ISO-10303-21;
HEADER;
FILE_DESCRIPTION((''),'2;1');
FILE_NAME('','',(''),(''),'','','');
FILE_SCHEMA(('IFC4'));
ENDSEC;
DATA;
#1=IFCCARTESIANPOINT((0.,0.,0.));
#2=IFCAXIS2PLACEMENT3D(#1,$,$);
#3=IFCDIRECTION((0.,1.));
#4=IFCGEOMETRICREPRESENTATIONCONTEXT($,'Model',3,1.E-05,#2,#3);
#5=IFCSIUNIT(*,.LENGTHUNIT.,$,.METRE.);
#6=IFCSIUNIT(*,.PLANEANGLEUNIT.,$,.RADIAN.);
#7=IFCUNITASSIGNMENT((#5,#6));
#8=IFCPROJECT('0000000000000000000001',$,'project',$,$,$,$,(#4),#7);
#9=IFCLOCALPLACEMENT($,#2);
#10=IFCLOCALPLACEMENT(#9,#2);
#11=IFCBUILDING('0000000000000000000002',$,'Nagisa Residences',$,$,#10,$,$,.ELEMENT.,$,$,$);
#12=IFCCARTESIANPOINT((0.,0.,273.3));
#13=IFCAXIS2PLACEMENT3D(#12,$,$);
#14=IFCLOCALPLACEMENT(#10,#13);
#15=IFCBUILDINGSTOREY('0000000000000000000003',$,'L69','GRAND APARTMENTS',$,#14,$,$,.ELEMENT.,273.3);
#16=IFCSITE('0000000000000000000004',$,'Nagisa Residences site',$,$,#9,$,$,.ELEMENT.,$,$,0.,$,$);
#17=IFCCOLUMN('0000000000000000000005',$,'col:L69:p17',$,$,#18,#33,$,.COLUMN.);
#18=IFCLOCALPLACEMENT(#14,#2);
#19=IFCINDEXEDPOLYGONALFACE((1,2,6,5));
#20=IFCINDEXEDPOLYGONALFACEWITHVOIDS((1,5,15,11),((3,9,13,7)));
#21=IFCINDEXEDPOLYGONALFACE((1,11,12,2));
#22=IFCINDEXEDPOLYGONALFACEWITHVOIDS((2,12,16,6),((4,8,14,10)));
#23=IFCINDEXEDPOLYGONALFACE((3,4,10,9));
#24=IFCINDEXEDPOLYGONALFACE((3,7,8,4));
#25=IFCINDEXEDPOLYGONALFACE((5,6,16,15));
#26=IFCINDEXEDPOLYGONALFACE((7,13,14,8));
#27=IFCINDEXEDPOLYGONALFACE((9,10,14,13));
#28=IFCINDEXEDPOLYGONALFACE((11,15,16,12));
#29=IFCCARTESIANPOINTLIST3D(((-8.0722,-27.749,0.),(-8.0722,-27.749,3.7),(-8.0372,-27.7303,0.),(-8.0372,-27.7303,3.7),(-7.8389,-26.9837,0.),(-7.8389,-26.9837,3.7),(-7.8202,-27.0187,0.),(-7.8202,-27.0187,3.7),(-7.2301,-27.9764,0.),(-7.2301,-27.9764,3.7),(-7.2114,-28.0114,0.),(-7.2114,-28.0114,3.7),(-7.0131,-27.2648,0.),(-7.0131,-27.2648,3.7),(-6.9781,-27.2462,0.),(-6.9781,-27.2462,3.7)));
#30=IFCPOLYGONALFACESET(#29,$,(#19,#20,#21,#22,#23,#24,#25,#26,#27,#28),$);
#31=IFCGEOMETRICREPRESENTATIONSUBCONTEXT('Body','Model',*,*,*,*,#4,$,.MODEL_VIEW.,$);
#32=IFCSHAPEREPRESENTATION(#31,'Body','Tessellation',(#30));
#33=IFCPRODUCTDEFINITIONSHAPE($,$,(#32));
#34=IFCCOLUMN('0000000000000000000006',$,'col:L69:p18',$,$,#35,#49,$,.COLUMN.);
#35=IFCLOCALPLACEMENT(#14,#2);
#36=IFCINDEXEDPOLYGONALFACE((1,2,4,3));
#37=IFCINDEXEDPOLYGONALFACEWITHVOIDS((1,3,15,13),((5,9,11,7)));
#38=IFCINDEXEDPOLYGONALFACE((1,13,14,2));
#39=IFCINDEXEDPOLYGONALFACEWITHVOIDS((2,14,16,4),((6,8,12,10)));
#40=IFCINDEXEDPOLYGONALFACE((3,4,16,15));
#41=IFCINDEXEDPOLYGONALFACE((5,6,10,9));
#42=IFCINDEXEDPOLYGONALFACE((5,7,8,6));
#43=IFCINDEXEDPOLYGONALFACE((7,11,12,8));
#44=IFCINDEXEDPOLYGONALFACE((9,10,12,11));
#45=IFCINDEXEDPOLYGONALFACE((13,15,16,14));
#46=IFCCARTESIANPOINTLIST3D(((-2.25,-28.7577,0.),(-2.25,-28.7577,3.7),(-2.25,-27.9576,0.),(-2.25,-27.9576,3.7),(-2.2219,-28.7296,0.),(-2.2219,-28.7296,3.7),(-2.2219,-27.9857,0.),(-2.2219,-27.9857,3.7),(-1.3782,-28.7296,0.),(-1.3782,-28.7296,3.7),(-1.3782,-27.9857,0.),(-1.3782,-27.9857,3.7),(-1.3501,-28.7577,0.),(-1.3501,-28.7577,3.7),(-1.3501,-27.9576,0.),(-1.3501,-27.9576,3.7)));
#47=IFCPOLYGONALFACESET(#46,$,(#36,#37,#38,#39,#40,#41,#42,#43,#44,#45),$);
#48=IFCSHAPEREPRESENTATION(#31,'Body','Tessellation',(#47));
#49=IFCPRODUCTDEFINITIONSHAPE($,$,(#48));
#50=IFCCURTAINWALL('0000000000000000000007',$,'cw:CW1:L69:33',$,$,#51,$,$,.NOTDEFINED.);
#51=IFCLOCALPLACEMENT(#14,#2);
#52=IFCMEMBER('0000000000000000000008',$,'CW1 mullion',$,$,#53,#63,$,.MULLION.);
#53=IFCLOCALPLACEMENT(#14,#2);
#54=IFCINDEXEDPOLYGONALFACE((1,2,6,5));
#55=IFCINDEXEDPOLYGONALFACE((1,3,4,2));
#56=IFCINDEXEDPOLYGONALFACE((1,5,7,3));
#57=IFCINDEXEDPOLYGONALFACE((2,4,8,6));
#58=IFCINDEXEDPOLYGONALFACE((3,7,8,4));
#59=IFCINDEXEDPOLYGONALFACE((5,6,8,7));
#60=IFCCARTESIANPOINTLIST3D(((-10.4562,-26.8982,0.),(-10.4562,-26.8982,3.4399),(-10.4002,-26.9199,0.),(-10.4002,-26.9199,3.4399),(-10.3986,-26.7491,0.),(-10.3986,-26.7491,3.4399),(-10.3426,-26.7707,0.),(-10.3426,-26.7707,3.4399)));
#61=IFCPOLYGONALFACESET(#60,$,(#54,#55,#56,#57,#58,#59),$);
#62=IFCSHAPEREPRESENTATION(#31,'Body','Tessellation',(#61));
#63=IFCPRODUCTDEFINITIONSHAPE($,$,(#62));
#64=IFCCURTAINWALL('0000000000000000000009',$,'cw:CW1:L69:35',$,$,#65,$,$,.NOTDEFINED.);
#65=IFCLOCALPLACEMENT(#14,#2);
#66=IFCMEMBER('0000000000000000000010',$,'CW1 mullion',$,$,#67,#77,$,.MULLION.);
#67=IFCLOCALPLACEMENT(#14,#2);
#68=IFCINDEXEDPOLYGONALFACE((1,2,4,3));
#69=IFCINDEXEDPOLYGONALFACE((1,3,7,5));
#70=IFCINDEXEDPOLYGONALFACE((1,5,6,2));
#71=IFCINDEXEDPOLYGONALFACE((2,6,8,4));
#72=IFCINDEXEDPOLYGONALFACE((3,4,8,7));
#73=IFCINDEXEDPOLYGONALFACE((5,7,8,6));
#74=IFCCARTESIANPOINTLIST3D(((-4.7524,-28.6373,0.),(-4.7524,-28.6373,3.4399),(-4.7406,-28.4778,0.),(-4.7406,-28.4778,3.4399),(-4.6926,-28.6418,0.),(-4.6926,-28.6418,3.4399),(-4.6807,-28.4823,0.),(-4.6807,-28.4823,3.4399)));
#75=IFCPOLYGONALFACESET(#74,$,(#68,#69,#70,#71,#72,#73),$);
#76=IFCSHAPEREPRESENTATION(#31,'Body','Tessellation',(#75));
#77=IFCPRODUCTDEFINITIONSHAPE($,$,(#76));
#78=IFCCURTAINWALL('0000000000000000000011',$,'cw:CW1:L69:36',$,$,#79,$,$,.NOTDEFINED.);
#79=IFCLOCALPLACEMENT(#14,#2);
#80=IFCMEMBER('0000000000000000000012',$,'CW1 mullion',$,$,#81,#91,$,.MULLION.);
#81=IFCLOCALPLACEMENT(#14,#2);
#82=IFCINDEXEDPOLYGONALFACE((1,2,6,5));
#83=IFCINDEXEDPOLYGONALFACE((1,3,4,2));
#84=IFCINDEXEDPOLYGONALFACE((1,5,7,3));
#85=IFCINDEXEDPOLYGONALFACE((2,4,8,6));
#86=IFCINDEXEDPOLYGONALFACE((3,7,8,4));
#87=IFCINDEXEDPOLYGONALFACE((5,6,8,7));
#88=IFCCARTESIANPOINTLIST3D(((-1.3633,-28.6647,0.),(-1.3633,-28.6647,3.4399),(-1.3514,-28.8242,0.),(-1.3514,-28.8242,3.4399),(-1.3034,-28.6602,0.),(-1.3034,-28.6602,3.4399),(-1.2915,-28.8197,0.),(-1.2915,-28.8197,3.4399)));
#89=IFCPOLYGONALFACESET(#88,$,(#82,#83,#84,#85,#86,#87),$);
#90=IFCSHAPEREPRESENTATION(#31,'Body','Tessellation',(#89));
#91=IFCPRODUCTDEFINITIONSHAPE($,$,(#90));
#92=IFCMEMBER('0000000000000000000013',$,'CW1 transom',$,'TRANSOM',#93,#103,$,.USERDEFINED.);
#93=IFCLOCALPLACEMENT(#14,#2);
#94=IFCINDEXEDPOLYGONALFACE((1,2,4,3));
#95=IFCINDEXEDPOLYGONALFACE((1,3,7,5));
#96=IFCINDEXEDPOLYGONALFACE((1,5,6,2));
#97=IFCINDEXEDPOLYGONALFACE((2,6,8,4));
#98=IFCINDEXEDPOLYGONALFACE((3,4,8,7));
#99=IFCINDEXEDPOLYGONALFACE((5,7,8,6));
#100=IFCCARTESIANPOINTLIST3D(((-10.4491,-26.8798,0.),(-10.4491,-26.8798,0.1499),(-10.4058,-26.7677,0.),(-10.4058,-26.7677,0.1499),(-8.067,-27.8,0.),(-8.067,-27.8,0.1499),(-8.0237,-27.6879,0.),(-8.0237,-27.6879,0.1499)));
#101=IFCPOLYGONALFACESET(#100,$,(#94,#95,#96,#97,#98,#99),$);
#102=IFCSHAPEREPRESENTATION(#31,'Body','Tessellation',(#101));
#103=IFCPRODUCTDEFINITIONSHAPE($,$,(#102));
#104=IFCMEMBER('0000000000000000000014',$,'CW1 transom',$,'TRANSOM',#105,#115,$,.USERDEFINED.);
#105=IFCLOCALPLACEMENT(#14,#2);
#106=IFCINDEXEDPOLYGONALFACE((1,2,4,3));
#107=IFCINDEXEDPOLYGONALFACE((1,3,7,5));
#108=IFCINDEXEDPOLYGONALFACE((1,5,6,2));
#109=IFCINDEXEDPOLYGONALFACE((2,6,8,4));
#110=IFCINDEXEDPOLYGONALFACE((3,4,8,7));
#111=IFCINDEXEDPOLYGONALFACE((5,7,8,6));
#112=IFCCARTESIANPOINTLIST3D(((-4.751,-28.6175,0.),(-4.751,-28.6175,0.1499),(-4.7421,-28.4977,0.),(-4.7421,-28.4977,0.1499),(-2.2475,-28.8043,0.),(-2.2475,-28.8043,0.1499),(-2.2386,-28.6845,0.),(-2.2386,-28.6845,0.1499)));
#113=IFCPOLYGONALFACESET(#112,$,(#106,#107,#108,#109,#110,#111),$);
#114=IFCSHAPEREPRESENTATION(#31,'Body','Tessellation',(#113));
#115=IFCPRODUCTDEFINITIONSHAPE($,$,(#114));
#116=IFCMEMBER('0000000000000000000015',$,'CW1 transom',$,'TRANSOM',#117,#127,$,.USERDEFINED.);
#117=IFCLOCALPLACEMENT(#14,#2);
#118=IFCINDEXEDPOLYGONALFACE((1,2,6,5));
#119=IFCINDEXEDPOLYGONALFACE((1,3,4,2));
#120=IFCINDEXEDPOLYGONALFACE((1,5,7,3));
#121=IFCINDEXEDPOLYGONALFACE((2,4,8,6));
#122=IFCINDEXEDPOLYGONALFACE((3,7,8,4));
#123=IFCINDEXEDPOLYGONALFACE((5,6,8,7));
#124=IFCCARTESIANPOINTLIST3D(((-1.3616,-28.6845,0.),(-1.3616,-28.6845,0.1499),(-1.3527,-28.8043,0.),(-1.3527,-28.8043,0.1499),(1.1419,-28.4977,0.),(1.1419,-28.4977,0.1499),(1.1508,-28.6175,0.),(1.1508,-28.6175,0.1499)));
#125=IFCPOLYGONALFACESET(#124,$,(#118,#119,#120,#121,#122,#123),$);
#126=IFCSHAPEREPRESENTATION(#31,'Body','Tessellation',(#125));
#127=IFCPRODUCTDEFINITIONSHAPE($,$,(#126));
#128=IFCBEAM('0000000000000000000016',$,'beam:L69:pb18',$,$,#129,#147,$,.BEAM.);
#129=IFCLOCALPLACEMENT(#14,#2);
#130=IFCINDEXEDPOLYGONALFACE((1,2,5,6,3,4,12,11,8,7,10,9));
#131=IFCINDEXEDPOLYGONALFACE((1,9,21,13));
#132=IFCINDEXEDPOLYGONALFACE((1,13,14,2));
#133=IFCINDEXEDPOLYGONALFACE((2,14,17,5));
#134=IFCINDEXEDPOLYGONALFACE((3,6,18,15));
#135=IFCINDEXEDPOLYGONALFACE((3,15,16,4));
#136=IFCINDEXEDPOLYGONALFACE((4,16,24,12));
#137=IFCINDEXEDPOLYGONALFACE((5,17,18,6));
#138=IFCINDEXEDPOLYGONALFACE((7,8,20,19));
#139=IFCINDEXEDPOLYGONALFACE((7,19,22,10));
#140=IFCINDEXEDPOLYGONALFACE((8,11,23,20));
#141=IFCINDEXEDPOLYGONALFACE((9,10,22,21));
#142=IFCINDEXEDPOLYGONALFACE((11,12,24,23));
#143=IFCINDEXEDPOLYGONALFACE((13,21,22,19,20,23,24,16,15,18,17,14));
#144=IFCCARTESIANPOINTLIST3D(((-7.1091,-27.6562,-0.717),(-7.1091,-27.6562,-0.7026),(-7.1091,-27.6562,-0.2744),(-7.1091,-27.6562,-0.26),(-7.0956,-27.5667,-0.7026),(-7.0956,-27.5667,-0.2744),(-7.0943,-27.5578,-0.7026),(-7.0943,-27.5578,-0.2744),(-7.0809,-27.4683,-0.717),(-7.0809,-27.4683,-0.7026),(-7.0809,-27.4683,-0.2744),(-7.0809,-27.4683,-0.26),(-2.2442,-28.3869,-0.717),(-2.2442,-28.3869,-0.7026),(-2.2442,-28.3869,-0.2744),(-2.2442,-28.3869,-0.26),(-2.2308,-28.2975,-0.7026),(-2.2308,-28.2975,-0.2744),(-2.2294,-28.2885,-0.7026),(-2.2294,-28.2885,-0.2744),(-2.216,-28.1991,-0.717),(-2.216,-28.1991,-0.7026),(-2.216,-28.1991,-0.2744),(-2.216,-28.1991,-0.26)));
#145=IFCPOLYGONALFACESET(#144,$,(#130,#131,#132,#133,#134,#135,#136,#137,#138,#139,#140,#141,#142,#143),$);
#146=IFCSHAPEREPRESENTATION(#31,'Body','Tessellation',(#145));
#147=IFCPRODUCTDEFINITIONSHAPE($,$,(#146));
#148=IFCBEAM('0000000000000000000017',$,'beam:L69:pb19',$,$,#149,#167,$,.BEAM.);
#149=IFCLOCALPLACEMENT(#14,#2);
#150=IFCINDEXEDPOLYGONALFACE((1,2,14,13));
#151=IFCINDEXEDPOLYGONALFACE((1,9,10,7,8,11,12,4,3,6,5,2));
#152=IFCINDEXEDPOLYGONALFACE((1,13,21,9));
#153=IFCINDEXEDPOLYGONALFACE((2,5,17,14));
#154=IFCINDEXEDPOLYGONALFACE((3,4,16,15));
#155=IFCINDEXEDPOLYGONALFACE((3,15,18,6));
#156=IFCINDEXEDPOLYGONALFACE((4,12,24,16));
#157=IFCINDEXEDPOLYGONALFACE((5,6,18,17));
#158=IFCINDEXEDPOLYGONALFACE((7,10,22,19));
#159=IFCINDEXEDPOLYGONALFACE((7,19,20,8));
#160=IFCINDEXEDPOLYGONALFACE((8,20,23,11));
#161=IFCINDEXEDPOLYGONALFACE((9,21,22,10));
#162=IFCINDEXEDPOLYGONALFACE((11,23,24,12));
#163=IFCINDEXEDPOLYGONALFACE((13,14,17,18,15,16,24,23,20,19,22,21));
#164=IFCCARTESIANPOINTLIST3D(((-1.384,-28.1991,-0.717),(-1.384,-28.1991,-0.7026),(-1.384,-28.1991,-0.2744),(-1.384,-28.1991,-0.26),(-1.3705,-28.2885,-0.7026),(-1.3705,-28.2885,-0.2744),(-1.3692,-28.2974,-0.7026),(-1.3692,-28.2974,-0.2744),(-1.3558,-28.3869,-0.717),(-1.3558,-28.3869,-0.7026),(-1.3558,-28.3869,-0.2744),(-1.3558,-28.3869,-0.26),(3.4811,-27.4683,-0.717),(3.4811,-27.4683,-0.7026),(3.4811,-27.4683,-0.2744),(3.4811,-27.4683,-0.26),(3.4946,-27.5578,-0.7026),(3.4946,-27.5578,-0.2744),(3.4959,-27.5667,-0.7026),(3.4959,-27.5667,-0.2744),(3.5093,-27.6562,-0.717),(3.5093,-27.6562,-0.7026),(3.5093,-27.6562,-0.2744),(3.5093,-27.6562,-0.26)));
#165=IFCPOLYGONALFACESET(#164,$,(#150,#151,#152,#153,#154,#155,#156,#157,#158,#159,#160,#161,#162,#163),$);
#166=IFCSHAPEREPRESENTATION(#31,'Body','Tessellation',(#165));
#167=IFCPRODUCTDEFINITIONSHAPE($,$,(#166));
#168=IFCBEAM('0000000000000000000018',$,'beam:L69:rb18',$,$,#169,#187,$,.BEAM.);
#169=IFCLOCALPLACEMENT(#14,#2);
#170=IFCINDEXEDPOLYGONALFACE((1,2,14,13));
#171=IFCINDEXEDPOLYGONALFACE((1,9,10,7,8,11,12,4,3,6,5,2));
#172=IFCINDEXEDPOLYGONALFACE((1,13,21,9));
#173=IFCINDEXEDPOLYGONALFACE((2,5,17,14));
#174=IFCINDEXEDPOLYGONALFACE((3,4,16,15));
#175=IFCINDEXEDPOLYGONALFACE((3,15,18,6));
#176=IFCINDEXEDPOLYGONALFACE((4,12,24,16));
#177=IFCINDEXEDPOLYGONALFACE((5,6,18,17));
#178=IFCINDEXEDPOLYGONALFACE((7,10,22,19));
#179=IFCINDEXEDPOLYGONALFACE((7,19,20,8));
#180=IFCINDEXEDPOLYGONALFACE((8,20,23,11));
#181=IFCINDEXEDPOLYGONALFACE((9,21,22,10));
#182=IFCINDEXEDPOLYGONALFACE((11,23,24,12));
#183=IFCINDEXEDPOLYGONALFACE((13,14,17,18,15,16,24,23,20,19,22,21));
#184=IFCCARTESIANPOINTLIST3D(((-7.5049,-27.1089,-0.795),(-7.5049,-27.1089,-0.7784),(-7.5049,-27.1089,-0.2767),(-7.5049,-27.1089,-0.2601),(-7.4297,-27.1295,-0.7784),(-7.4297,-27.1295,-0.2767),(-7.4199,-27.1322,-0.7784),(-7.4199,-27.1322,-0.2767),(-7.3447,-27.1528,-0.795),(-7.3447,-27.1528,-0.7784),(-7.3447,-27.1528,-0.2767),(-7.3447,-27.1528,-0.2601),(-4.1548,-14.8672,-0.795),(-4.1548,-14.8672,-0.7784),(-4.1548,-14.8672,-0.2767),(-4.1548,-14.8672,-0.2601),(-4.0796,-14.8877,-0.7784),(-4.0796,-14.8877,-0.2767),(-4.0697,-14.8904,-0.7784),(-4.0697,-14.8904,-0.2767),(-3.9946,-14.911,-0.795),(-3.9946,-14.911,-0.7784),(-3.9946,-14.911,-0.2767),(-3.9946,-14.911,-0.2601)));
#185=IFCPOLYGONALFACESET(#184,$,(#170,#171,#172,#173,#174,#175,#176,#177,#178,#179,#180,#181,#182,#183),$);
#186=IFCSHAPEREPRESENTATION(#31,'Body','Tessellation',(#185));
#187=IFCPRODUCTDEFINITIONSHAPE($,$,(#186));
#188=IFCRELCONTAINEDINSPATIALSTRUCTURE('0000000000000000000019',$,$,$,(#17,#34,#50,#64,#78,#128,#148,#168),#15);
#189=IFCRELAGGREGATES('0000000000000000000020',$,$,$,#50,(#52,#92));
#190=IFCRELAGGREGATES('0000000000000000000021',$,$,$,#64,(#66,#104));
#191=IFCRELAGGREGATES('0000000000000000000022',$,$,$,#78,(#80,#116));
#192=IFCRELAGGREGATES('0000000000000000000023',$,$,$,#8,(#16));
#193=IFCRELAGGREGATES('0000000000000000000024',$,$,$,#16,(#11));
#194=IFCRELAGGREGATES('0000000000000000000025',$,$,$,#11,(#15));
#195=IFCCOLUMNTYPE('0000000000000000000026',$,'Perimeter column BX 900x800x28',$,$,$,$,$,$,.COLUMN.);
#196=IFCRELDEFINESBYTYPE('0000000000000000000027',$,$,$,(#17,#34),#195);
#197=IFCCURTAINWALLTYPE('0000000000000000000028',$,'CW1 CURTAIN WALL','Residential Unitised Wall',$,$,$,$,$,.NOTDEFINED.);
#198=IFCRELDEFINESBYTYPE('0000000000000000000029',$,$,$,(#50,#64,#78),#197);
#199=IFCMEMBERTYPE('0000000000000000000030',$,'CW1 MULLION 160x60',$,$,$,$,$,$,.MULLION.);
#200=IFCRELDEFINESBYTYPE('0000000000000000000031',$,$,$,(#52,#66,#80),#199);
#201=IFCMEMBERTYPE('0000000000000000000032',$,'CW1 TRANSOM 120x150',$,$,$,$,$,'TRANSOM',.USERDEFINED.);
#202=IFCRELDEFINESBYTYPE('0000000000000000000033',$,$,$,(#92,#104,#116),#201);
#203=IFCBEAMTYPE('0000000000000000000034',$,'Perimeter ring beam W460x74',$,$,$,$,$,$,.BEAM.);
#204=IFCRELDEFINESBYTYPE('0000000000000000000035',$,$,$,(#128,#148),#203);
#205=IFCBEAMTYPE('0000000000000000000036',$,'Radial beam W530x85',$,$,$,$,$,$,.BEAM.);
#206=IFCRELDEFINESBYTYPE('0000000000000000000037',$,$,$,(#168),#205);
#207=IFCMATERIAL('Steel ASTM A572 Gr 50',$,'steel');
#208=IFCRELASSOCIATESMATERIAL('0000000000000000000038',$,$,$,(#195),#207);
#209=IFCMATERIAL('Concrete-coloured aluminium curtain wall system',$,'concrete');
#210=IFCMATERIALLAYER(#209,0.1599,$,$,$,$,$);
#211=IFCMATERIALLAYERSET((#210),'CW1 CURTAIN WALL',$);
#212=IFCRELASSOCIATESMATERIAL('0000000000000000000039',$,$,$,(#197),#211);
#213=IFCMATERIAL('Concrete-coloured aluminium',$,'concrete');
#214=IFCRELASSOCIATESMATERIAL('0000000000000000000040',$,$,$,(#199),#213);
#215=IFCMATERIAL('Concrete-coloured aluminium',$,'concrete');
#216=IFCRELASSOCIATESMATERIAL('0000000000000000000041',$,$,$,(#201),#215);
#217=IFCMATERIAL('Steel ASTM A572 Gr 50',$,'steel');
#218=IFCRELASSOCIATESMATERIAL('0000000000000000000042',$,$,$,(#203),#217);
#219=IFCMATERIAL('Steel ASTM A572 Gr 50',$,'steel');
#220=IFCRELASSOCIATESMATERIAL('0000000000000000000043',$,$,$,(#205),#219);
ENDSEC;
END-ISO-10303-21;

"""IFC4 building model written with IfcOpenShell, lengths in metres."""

from ifc_helpers import new_model, si_unit, direction, frame, origin, origin_2d, place, context, subcontext, project, spatial, rectangle, hollow_rectangle, i_section, extrude, material, layer, layer_set, material_profile, profile_set, type_object, element, aggregate, save


model = new_model("IFC4")

# Units and contexts
model_context = context("Model", 3, precision=1e-05, world=origin(), true_north=direction((0.0, 1.0)))
body_context = subcontext(model_context, "Body", "Model", "MODEL_VIEW")
ifc_project = project(units=[si_unit("LENGTHUNIT", "METRE"), si_unit("PLANEANGLEUNIT", "RADIAN")], contexts=[model_context])

# Site, building, storey
site_placement = place(None, origin())
site = spatial("IfcSite", under=ifc_project, at=site_placement, Name="Nagisa Residences site", CompositionType="ELEMENT", RefElevation=0.0)
building_placement = place(site_placement, origin())
building = spatial("IfcBuilding", under=site, at=building_placement, Name="Nagisa Residences", CompositionType="ELEMENT")
storey_placement = place(building_placement, frame((0.0, 0.0, 273.3)))
storey = spatial("IfcBuildingStorey", under=building, at=storey_placement, Name="L69", Description="GRAND APARTMENTS", CompositionType="ELEMENT", Elevation=273.3)

# Columns
ifc_material_1 = material(Name="Steel ASTM A572 Gr 50", Category="steel")
ifc_material_profile_1 = material_profile(ifc_material_1, hollow_rectangle(XDim=0.8999, YDim=0.8, WallThickness=0.0281, at=origin_2d()), Name="BX 900x800x28")
ifc_profile_set_1 = profile_set([ifc_material_profile_1], Name="Steel ASTM A572 Gr 50")
column_type = type_object("IfcColumnType", Name="Perimeter column BX 900x800x28", PredefinedType="COLUMN", material=ifc_profile_set_1)
for number, where, z_axis, x_axis, name in (
    (1, (-7.5251, -27.4976, 0.0), (0.0, 0.0, 1.0), (0.956525, -0.291652, 0.0), "col:L69:p17"),
    (2, (-1.8, -28.3577, 0.0), (0.0, 0.0, 1.0), (1.0, 0.0, 0.0), "col:L69:p18"),
):
    element("IfcColumn", number, at=place(storey_placement, frame(where, z_axis=z_axis, x_axis=x_axis)), inside=storey, type_object=column_type, Name=name, PredefinedType="COLUMN", context=body_context, shape_type="SweptSolid", body=[
        extrude(hollow_rectangle(XDim=0.8999, YDim=0.8, WallThickness=0.0281, at=origin_2d()), origin(), (0.0, 0.0, 1.0), 3.7),
    ])

# Curtain walls, members
ifc_material_2 = material(Name="Concrete-coloured aluminium curtain wall system", Category="concrete")
ifc_layer_1 = layer(ifc_material_2, 0.1599)
ifc_layer_set_1 = layer_set([ifc_layer_1], Name="CW1 CURTAIN WALL")
curtain_wall_type = type_object("IfcCurtainWallType", Name="CW1 CURTAIN WALL", Description="Residential Unitised Wall", PredefinedType="NOTDEFINED", material=ifc_layer_set_1)
curtain_wall_1_placement = place(storey_placement, origin())
curtain_wall_1 = element("IfcCurtainWall", 3, at=curtain_wall_1_placement, inside=storey, type_object=curtain_wall_type, Name="cw:CW1:L69:33", PredefinedType="NOTDEFINED")
ifc_material_3 = material(Name="Concrete-coloured aluminium", Category="concrete")
ifc_material_profile_2 = material_profile(ifc_material_3, rectangle(XDim=0.1599, YDim=0.0601, at=origin_2d()), Name="CW1 MULLION 160x60")
ifc_profile_set_2 = profile_set([ifc_material_profile_2], Name="Concrete-coloured aluminium")
member_type_1 = type_object("IfcMemberType", Name="CW1 MULLION 160x60", PredefinedType="MULLION", material=ifc_profile_set_2)
member_1_placement = place(storey_placement, frame((-10.3994, -26.8345, 0.0), z_axis=(0.0, 0.0, 1.0), x_axis=(0.360328, 0.932826, 0.0)))
member_1 = element("IfcMember", 4, at=member_1_placement, type_object=member_type_1, Name="CW1 mullion", PredefinedType="MULLION", context=body_context, shape_type="SweptSolid", body=[
    extrude(rectangle(XDim=0.1599, YDim=0.0601, at=origin_2d()), origin(), (0.0, 0.0, 1.0), 3.4399),
])
curtain_wall_2_placement = place(storey_placement, origin())
curtain_wall_2 = element("IfcCurtainWall", 5, at=curtain_wall_2_placement, inside=storey, type_object=curtain_wall_type, Name="cw:CW1:L69:35", PredefinedType="NOTDEFINED")
member_2_placement = place(storey_placement, frame((-4.7166, -28.5598, 0.0), z_axis=(0.0, 0.0, 1.0), x_axis=(0.074377, 0.99723, 0.0)))
member_2 = element("IfcMember", 6, at=member_2_placement, type_object=member_type_1, Name="CW1 mullion", PredefinedType="MULLION", context=body_context, shape_type="SweptSolid", body=[
    extrude(rectangle(XDim=0.1599, YDim=0.0601, at=origin_2d()), origin(), (0.0, 0.0, 1.0), 3.4399),
])
curtain_wall_3_placement = place(storey_placement, origin())
curtain_wall_3 = element("IfcCurtainWall", 7, at=curtain_wall_3_placement, inside=storey, type_object=curtain_wall_type, Name="cw:CW1:L69:36", PredefinedType="NOTDEFINED")
member_3_placement = place(storey_placement, frame((-1.3274, -28.7422, 0.0), z_axis=(0.0, 0.0, 1.0), x_axis=(-0.074377, 0.99723, 0.0)))
member_3 = element("IfcMember", 8, at=member_3_placement, type_object=member_type_1, Name="CW1 mullion", PredefinedType="MULLION", context=body_context, shape_type="SweptSolid", body=[
    extrude(rectangle(XDim=0.1599, YDim=0.0601, at=origin_2d()), origin(), (0.0, 0.0, 1.0), 3.4399),
])

# Members
ifc_material_4 = material(Name="Concrete-coloured aluminium", Category="concrete")
ifc_material_profile_3 = material_profile(ifc_material_4, rectangle(XDim=0.1201, YDim=0.1499, at=origin_2d()), Name="CW1 TRANSOM 120x150")
ifc_profile_set_3 = profile_set([ifc_material_profile_3], Name="Concrete-coloured aluminium")
member_type_2 = type_object("IfcMemberType", Name="CW1 TRANSOM 120x150", ElementType="TRANSOM", PredefinedType="USERDEFINED", material=ifc_profile_set_3)
member_4_placement = place(storey_placement, frame((-10.4275, -26.8237, 0.075), z_axis=(0.932822, -0.360337, 0.0), x_axis=(0.360337, 0.932822, 0.0)))
member_4 = element("IfcMember", 9, at=member_4_placement, type_object=member_type_2, Name="CW1 transom", ObjectType="TRANSOM", PredefinedType="USERDEFINED", context=body_context, shape_type="SweptSolid", body=[
    extrude(rectangle(XDim=0.1201, YDim=0.1499, at=origin_2d()), origin(), (0.0, 0.0, 1.0), 2.5537),
])
member_5_placement = place(storey_placement, frame((-4.7466, -28.5576, 0.075), z_axis=(0.997229, -0.074391, 0.0), x_axis=(0.074391, 0.997229, 0.0)))
member_5 = element("IfcMember", 10, at=member_5_placement, type_object=member_type_2, Name="CW1 transom", ObjectType="TRANSOM", PredefinedType="USERDEFINED", context=body_context, shape_type="SweptSolid", body=[
    extrude(rectangle(XDim=0.1201, YDim=0.1499, at=origin_2d()), origin(), (0.0, 0.0, 1.0), 2.5105),
])
member_6_placement = place(storey_placement, frame((-1.3572, -28.7444, 0.075), z_axis=(0.997229, 0.074391, 0.0), x_axis=(-0.074391, 0.997229, 0.0)))
member_6 = element("IfcMember", 11, at=member_6_placement, type_object=member_type_2, Name="CW1 transom", ObjectType="TRANSOM", PredefinedType="USERDEFINED", context=body_context, shape_type="SweptSolid", body=[
    extrude(rectangle(XDim=0.1201, YDim=0.1499, at=origin_2d()), origin(), (0.0, 0.0, 1.0), 2.5105),
])

# Beams
ifc_material_5 = material(Name="Steel ASTM A572 Gr 50", Category="steel")
ifc_material_profile_4 = material_profile(ifc_material_5, i_section(OverallWidth=0.1899, OverallDepth=0.457, WebThickness=0.009, FlangeThickness=0.0144, at=origin_2d()), Name="W460x74")
ifc_profile_set_4 = profile_set([ifc_material_profile_4], Name="Steel ASTM A572 Gr 50")
beam_type_1 = type_object("IfcBeamType", Name="Perimeter ring beam W460x74", PredefinedType="BEAM", material=ifc_profile_set_4)
beam_1_placement = place(storey_placement, frame((-7.095, -27.5623, -0.4885), z_axis=(0.988906, -0.148539, 0.0), x_axis=(0.148539, 0.988906, 0.0)))
element("IfcBeam", 12, at=beam_1_placement, inside=storey, type_object=beam_type_1, Name="beam:L69:pb18", PredefinedType="BEAM", context=body_context, shape_type="SweptSolid", body=[
    extrude(i_section(OverallWidth=0.1899, OverallDepth=0.457, WebThickness=0.009, FlangeThickness=0.0144, at=origin_2d()), origin(), (0.0, 0.0, 1.0), 4.9194),
])
beam_2_placement = place(storey_placement, frame((-1.3699, -28.293, -0.4885), z_axis=(0.988908, 0.148532, 0.0), x_axis=(-0.148532, 0.988908, 0.0)))
element("IfcBeam", 13, at=beam_2_placement, inside=storey, type_object=beam_type_1, Name="beam:L69:pb19", PredefinedType="BEAM", context=body_context, shape_type="SweptSolid", body=[
    extrude(i_section(OverallWidth=0.1899, OverallDepth=0.457, WebThickness=0.009, FlangeThickness=0.0144, at=origin_2d()), origin(), (0.0, 0.0, 1.0), 4.9197),
])
ifc_material_6 = material(Name="Steel ASTM A572 Gr 50", Category="steel")
ifc_material_profile_5 = material_profile(ifc_material_6, i_section(OverallWidth=0.166, OverallDepth=0.5349, WebThickness=0.0103, FlangeThickness=0.0166, at=origin_2d()), Name="W530x85")
ifc_profile_set_5 = profile_set([ifc_material_profile_5], Name="Steel ASTM A572 Gr 50")
beam_type_2 = type_object("IfcBeamType", Name="Radial beam W530x85", PredefinedType="BEAM", material=ifc_profile_set_5)
beam_3_placement = place(storey_placement, frame((-7.4248, -27.1309, -0.5276), z_axis=(0.263957, 0.964534, 0.0), x_axis=(-0.964534, 0.263957, 0.0)))
element("IfcBeam", 14, at=beam_3_placement, inside=storey, type_object=beam_type_2, Name="beam:L69:rb18", PredefinedType="BEAM", context=body_context, shape_type="SweptSolid", body=[
    extrude(i_section(OverallWidth=0.166, OverallDepth=0.5349, WebThickness=0.0103, FlangeThickness=0.0166, at=origin_2d()), origin(), (0.0, 0.0, 1.0), 12.6919),
])

aggregate(curtain_wall_1, [member_1, member_4])
aggregate(curtain_wall_2, [member_2, member_5])
aggregate(curtain_wall_3, [member_3, member_6])

save(model, "model.ifc")
